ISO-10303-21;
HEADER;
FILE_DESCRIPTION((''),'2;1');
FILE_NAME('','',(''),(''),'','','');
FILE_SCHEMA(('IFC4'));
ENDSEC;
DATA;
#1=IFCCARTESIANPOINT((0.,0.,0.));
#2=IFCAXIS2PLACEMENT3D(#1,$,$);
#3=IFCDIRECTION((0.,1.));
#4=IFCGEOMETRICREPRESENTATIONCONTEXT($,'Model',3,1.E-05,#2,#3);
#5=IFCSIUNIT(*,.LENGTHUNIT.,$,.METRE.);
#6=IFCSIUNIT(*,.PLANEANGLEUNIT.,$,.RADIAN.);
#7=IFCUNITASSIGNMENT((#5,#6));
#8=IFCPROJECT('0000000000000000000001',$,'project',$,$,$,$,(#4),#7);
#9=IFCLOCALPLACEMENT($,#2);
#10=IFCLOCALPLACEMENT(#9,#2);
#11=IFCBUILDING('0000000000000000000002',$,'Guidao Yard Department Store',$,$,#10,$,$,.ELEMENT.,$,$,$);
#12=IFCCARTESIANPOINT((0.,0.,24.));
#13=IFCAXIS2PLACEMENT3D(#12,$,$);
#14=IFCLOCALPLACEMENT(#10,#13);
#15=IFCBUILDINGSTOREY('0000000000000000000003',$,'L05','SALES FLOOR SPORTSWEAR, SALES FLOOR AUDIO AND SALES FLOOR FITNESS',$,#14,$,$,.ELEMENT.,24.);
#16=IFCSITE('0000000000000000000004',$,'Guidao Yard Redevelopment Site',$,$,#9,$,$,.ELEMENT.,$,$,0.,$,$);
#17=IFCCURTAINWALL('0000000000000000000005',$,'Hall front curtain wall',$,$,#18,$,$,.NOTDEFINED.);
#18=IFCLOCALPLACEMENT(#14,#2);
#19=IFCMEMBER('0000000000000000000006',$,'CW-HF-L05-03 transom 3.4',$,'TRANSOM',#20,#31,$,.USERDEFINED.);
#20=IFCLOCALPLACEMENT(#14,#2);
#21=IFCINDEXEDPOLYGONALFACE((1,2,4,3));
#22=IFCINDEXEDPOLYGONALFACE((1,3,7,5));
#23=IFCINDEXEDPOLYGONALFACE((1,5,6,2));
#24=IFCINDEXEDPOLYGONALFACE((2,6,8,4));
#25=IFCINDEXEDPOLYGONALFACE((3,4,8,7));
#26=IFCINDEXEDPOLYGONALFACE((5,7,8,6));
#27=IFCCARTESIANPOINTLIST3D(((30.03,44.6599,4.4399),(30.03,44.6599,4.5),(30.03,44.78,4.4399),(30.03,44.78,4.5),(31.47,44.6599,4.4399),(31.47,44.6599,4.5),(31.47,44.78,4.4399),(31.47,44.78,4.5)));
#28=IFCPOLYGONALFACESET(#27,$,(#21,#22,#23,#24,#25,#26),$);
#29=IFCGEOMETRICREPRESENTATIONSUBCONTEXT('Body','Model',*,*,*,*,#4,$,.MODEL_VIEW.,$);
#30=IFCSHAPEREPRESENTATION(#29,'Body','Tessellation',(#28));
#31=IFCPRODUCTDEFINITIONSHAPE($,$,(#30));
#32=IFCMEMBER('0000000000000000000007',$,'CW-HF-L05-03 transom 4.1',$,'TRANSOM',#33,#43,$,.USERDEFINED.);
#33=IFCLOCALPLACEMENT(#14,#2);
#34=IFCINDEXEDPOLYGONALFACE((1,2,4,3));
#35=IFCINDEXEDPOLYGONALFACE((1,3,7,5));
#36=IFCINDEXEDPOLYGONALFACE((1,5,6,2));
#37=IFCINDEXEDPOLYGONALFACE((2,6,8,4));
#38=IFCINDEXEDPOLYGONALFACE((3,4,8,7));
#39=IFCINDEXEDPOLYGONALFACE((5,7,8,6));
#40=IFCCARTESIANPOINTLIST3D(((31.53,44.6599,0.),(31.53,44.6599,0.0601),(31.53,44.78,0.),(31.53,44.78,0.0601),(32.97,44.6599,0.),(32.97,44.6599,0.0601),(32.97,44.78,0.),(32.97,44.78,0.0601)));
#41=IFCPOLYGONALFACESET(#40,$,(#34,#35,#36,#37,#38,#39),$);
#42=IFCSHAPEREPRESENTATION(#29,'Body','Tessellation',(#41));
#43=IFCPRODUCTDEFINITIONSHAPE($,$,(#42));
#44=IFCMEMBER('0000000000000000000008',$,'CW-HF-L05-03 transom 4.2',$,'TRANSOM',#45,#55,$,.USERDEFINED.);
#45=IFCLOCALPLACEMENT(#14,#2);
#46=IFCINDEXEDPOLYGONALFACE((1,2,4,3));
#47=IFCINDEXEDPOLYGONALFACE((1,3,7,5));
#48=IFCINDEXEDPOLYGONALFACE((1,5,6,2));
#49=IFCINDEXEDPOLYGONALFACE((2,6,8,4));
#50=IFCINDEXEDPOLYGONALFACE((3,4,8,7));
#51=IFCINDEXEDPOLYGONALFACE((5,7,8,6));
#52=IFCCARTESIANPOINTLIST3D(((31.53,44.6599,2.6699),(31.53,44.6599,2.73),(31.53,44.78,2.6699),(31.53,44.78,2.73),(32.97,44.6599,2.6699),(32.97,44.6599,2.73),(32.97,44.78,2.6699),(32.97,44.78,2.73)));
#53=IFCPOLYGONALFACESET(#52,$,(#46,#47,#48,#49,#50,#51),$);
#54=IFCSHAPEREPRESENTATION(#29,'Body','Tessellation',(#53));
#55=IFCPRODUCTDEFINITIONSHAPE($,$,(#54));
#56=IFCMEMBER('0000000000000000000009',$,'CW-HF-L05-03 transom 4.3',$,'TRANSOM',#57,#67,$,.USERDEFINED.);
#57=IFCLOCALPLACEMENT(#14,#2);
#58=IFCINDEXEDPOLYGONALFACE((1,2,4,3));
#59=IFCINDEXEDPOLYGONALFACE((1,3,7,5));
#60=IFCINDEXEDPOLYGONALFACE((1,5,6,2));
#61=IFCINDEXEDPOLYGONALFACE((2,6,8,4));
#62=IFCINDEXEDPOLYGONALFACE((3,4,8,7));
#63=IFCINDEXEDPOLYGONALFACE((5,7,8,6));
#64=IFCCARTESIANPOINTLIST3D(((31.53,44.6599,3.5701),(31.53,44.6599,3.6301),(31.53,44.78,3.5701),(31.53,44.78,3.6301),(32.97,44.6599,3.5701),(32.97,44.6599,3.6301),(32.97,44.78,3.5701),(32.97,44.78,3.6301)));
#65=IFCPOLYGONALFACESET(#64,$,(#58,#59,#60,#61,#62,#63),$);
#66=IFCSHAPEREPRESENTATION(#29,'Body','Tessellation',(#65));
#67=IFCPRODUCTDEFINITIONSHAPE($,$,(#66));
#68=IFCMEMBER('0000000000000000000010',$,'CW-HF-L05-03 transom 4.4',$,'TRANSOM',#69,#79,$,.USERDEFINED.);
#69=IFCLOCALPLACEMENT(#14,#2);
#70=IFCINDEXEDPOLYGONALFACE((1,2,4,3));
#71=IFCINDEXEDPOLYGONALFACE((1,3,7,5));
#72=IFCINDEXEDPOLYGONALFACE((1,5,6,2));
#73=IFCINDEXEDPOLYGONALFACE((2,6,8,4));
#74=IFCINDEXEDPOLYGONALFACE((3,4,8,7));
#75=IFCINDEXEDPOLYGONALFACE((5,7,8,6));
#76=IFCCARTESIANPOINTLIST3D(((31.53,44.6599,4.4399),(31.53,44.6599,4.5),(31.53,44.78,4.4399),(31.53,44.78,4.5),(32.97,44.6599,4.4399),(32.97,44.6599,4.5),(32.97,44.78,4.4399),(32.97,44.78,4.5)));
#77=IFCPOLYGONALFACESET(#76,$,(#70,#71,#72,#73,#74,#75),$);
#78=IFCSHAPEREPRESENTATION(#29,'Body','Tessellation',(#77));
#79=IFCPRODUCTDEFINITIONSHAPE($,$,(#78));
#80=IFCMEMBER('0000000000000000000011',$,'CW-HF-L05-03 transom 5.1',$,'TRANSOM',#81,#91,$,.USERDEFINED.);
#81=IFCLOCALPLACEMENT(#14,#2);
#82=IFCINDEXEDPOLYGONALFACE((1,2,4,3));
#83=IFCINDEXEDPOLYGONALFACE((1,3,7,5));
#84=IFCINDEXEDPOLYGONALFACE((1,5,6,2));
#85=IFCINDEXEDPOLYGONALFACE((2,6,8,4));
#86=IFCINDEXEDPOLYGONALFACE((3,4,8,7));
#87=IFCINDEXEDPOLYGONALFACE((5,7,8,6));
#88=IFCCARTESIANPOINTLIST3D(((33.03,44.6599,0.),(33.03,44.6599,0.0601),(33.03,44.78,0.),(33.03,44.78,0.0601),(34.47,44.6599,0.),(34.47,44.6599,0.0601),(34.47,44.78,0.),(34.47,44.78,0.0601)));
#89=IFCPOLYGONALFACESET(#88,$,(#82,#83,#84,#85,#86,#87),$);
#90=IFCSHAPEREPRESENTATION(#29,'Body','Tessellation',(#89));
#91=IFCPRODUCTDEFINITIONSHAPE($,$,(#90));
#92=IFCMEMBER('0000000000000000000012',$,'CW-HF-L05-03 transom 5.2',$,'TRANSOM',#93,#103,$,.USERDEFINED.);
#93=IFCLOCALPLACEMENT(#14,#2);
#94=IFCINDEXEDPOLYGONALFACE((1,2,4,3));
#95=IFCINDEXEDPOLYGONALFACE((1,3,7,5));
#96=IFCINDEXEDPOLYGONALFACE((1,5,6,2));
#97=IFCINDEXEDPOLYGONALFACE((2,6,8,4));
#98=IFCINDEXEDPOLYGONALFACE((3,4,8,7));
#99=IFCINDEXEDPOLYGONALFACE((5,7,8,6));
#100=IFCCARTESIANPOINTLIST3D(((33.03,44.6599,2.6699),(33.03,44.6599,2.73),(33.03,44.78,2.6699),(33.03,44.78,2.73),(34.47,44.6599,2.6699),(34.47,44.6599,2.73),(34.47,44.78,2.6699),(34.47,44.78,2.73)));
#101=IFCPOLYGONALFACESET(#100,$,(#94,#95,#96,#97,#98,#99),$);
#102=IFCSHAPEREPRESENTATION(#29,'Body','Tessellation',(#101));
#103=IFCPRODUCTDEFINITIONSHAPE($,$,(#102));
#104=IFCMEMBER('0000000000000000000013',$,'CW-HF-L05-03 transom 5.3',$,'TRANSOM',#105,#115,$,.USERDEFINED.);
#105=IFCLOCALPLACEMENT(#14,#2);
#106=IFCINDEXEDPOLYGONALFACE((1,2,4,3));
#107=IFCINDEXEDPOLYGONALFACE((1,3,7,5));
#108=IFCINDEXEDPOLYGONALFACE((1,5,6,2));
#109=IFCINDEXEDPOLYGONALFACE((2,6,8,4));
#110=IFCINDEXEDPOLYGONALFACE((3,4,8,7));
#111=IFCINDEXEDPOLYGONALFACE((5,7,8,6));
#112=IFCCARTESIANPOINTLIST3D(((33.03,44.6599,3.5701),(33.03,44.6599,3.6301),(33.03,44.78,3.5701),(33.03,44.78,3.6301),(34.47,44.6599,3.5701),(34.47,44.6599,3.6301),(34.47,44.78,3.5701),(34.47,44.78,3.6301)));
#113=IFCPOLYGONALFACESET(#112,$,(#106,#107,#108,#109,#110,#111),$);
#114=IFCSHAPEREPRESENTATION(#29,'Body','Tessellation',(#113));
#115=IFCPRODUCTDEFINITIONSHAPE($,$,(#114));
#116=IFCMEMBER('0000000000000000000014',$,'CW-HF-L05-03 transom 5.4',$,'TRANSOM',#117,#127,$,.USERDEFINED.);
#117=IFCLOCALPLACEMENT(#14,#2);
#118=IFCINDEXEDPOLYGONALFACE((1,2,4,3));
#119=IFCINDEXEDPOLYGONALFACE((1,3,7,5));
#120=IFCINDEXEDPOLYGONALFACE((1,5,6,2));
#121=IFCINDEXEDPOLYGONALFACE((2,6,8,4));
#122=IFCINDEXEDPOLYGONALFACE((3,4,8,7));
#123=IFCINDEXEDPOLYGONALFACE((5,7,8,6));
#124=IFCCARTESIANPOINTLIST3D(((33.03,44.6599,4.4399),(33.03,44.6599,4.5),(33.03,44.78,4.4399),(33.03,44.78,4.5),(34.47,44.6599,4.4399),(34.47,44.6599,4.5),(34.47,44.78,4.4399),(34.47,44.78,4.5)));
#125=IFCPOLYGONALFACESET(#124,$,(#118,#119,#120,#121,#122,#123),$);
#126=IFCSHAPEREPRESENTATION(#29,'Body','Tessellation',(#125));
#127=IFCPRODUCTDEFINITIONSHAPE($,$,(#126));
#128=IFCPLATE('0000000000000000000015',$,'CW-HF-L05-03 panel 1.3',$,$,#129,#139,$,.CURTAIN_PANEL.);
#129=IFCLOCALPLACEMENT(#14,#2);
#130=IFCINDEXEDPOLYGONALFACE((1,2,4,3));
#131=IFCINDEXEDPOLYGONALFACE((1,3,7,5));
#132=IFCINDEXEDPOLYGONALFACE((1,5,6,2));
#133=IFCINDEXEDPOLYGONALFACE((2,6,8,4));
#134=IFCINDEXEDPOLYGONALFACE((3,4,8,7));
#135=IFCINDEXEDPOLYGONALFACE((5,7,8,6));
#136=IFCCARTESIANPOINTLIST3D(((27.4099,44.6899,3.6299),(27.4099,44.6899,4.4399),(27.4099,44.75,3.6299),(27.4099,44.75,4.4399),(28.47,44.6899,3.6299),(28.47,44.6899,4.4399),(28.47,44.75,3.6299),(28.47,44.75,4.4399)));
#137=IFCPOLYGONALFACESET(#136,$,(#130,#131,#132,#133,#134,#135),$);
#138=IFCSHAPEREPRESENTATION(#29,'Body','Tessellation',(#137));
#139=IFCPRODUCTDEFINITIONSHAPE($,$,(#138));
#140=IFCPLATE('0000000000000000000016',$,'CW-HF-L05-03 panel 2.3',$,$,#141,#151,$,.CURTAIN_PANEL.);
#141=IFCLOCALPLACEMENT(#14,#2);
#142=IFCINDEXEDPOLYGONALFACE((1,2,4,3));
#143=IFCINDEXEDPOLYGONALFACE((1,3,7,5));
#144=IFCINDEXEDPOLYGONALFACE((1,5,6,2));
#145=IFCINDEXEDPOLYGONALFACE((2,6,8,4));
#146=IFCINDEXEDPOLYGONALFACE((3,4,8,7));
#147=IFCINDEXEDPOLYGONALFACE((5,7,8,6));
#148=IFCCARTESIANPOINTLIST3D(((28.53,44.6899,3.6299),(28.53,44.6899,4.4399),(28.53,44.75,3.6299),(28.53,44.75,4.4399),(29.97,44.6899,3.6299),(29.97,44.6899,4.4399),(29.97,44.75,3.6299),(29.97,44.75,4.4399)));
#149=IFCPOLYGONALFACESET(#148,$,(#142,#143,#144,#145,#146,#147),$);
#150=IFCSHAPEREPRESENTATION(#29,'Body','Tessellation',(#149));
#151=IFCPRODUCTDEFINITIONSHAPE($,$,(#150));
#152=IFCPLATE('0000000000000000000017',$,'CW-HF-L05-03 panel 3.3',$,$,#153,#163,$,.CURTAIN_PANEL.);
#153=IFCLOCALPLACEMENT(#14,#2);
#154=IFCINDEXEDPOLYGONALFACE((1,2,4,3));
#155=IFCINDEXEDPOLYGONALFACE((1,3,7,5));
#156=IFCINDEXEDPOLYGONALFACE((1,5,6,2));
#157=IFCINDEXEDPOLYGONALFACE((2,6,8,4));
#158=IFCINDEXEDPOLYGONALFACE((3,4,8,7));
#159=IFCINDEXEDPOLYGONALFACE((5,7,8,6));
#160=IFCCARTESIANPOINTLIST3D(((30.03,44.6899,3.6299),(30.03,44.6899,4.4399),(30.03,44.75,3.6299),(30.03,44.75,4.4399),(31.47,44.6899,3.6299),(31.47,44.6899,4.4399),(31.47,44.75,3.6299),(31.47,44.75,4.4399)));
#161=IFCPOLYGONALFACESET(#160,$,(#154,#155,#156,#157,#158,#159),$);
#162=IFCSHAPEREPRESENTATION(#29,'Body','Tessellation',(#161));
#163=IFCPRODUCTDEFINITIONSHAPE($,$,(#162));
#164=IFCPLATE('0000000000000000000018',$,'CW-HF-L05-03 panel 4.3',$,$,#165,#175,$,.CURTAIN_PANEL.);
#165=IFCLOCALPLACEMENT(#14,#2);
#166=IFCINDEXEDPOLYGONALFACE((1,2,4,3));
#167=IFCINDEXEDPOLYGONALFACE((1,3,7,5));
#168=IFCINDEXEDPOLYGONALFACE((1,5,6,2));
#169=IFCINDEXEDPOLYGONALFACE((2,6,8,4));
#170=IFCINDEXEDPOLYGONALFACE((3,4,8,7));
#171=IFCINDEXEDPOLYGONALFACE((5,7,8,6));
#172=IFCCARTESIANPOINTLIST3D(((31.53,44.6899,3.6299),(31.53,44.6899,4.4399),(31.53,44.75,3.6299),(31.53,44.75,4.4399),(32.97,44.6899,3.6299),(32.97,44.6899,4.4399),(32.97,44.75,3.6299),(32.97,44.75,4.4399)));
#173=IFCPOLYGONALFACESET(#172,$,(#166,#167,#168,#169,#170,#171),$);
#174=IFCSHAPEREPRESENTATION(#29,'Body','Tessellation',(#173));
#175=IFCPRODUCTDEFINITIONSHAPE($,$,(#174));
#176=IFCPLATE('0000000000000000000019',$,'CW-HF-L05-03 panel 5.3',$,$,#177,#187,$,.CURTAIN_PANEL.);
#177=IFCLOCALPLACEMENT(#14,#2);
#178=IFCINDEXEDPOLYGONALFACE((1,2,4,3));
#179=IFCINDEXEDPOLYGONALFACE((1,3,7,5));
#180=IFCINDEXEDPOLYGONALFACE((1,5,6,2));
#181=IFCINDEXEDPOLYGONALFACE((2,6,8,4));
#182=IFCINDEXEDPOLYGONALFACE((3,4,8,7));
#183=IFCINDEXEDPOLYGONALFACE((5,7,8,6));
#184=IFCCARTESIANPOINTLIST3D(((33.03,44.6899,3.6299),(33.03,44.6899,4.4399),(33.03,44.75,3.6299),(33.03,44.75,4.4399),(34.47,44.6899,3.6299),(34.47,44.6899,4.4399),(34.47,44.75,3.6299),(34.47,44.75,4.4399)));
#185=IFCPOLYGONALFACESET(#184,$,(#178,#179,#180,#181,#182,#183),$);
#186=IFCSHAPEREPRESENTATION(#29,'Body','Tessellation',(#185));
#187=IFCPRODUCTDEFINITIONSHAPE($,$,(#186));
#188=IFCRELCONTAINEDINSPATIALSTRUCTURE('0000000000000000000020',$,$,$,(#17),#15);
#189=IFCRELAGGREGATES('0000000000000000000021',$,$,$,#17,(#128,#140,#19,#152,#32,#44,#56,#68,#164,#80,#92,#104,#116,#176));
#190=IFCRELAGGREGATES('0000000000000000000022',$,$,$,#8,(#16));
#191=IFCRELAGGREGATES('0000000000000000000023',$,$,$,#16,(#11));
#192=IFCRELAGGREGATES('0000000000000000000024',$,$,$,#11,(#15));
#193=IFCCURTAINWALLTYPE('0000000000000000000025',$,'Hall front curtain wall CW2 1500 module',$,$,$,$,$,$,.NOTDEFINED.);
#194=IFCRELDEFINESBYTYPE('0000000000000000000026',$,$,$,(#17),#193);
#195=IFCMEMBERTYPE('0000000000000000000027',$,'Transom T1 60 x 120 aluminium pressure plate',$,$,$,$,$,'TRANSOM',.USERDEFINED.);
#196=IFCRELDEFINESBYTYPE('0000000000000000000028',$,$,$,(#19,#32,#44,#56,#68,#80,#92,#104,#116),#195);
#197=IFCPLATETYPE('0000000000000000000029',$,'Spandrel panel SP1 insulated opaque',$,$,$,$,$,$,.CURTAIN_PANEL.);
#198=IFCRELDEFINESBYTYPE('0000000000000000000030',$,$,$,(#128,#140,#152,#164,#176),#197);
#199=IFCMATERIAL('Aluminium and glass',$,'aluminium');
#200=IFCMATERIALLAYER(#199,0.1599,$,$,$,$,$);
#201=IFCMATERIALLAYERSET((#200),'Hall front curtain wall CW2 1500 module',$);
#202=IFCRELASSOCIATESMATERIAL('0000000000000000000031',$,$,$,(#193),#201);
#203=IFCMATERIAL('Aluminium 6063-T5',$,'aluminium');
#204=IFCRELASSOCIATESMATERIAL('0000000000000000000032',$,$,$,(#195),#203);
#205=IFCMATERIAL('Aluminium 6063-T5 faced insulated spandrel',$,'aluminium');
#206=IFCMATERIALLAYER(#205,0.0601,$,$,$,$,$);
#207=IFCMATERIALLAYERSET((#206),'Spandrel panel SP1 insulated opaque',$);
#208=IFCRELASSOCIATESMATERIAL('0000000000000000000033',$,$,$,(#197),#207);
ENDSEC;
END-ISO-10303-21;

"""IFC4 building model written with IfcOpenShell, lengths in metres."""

from ifc_helpers import new_model, si_unit, direction, frame, origin, origin_2d, place, context, subcontext, project, spatial, rectangle, extrude, material, layer, layer_set, material_profile, profile_set, type_object, element, aggregate, save


model = new_model("IFC4")

# Units and contexts
model_context = context("Model", 3, precision=1e-05, world=origin(), true_north=direction((0.0, 1.0)))
body_context = subcontext(model_context, "Body", "Model", "MODEL_VIEW")
ifc_project = project(units=[si_unit("LENGTHUNIT", "METRE"), si_unit("PLANEANGLEUNIT", "RADIAN")], contexts=[model_context])

# Site, building, storey
site_placement = place(None, origin())
site = spatial("IfcSite", under=ifc_project, at=site_placement, Name="Guidao Yard Redevelopment Site", CompositionType="ELEMENT", RefElevation=0.0)
building_placement = place(site_placement, origin())
building = spatial("IfcBuilding", under=site, at=building_placement, Name="Guidao Yard Department Store", CompositionType="ELEMENT")
storey_placement = place(building_placement, frame((0.0, 0.0, 24.0)))
storey = spatial("IfcBuildingStorey", under=building, at=storey_placement, Name="L05", Description="SALES FLOOR SPORTSWEAR, SALES FLOOR AUDIO AND SALES FLOOR FITNESS", CompositionType="ELEMENT", Elevation=24.0)

# Curtain wall, members, plates
ifc_material_1 = material(Name="Aluminium and glass", Category="aluminium")
ifc_layer_1 = layer(ifc_material_1, 0.1599)
ifc_layer_set_1 = layer_set([ifc_layer_1], Name="Hall front curtain wall CW2 1500 module")
curtain_wall_type = type_object("IfcCurtainWallType", Name="Hall front curtain wall CW2 1500 module", PredefinedType="NOTDEFINED", material=ifc_layer_set_1)
curtain_wall_placement = place(storey_placement, origin())
curtain_wall = element("IfcCurtainWall", 1, at=curtain_wall_placement, inside=storey, type_object=curtain_wall_type, Name="Hall front curtain wall", PredefinedType="NOTDEFINED")
ifc_material_2 = material(Name="Aluminium 6063-T5", Category="aluminium")
ifc_material_profile_1 = material_profile(ifc_material_2, rectangle(XDim=0.1201, YDim=0.0601, at=origin_2d()), Name="Transom T1 60 x 120 aluminium pressure plate")
ifc_profile_set_1 = profile_set([ifc_material_profile_1], Name="Aluminium 6063-T5")
member_type_1 = type_object("IfcMemberType", Name="Transom T1 60 x 120 aluminium pressure plate", ElementType="TRANSOM", PredefinedType="USERDEFINED", material=ifc_profile_set_1)
member_1_placement = place(storey_placement, frame((31.47, 44.72, 4.47), z_axis=(-1.0, 0.0, 0.0), x_axis=(0.0, -1.0, 0.0)))
member_1 = element("IfcMember", 2, at=member_1_placement, type_object=member_type_1, Name="CW-HF-L05-03 transom 3.4", ObjectType="TRANSOM", PredefinedType="USERDEFINED", context=body_context, shape_type="SweptSolid", body=[
    extrude(rectangle(XDim=0.1201, YDim=0.0601, at=origin_2d()), origin(), (0.0, 0.0, 1.0), 1.4399),
])
member_2_placement = place(storey_placement, frame((32.97, 44.72, 0.03), z_axis=(-1.0, 0.0, 0.0), x_axis=(0.0, -1.0, 0.0)))
member_2 = element("IfcMember", 3, at=member_2_placement, type_object=member_type_1, Name="CW-HF-L05-03 transom 4.1", ObjectType="TRANSOM", PredefinedType="USERDEFINED", context=body_context, shape_type="SweptSolid", body=[
    extrude(rectangle(XDim=0.1201, YDim=0.0601, at=origin_2d()), origin(), (0.0, 0.0, 1.0), 1.4399),
])
member_3_placement = place(storey_placement, frame((32.97, 44.72, 2.7), z_axis=(-1.0, 0.0, 0.0), x_axis=(0.0, -1.0, 0.0)))
member_3 = element("IfcMember", 4, at=member_3_placement, type_object=member_type_1, Name="CW-HF-L05-03 transom 4.2", ObjectType="TRANSOM", PredefinedType="USERDEFINED", context=body_context, shape_type="SweptSolid", body=[
    extrude(rectangle(XDim=0.1201, YDim=0.0601, at=origin_2d()), origin(), (0.0, 0.0, 1.0), 1.4399),
])
member_4_placement = place(storey_placement, frame((32.97, 44.72, 3.6001), z_axis=(-1.0, 0.0, 0.0), x_axis=(0.0, -1.0, 0.0)))
member_4 = element("IfcMember", 5, at=member_4_placement, type_object=member_type_1, Name="CW-HF-L05-03 transom 4.3", ObjectType="TRANSOM", PredefinedType="USERDEFINED", context=body_context, shape_type="SweptSolid", body=[
    extrude(rectangle(XDim=0.1201, YDim=0.0601, at=origin_2d()), origin(), (0.0, 0.0, 1.0), 1.4399),
])
member_5_placement = place(storey_placement, frame((32.97, 44.72, 4.47), z_axis=(-1.0, 0.0, 0.0), x_axis=(0.0, -1.0, 0.0)))
member_5 = element("IfcMember", 6, at=member_5_placement, type_object=member_type_1, Name="CW-HF-L05-03 transom 4.4", ObjectType="TRANSOM", PredefinedType="USERDEFINED", context=body_context, shape_type="SweptSolid", body=[
    extrude(rectangle(XDim=0.1201, YDim=0.0601, at=origin_2d()), origin(), (0.0, 0.0, 1.0), 1.4399),
])
member_6_placement = place(storey_placement, frame((34.47, 44.72, 0.03), z_axis=(-1.0, 0.0, 0.0), x_axis=(0.0, -1.0, 0.0)))
member_6 = element("IfcMember", 7, at=member_6_placement, type_object=member_type_1, Name="CW-HF-L05-03 transom 5.1", ObjectType="TRANSOM", PredefinedType="USERDEFINED", context=body_context, shape_type="SweptSolid", body=[
    extrude(rectangle(XDim=0.1201, YDim=0.0601, at=origin_2d()), origin(), (0.0, 0.0, 1.0), 1.4399),
])
member_7_placement = place(storey_placement, frame((34.47, 44.72, 2.7), z_axis=(-1.0, 0.0, 0.0), x_axis=(0.0, -1.0, 0.0)))
member_7 = element("IfcMember", 8, at=member_7_placement, type_object=member_type_1, Name="CW-HF-L05-03 transom 5.2", ObjectType="TRANSOM", PredefinedType="USERDEFINED", context=body_context, shape_type="SweptSolid", body=[
    extrude(rectangle(XDim=0.1201, YDim=0.0601, at=origin_2d()), origin(), (0.0, 0.0, 1.0), 1.4399),
])
member_8_placement = place(storey_placement, frame((34.47, 44.72, 3.6001), z_axis=(-1.0, 0.0, 0.0), x_axis=(0.0, -1.0, 0.0)))
member_8 = element("IfcMember", 9, at=member_8_placement, type_object=member_type_1, Name="CW-HF-L05-03 transom 5.3", ObjectType="TRANSOM", PredefinedType="USERDEFINED", context=body_context, shape_type="SweptSolid", body=[
    extrude(rectangle(XDim=0.1201, YDim=0.0601, at=origin_2d()), origin(), (0.0, 0.0, 1.0), 1.4399),
])
member_9_placement = place(storey_placement, frame((34.47, 44.72, 4.47), z_axis=(-1.0, 0.0, 0.0), x_axis=(0.0, -1.0, 0.0)))
member_9 = element("IfcMember", 10, at=member_9_placement, type_object=member_type_1, Name="CW-HF-L05-03 transom 5.4", ObjectType="TRANSOM", PredefinedType="USERDEFINED", context=body_context, shape_type="SweptSolid", body=[
    extrude(rectangle(XDim=0.1201, YDim=0.0601, at=origin_2d()), origin(), (0.0, 0.0, 1.0), 1.4399),
])
ifc_material_3 = material(Name="Aluminium 6063-T5 faced insulated spandrel", Category="aluminium")
ifc_layer_2 = layer(ifc_material_3, 0.0601)
ifc_layer_set_2 = layer_set([ifc_layer_2], Name="Spandrel panel SP1 insulated opaque")
plate_type_1 = type_object("IfcPlateType", Name="Spandrel panel SP1 insulated opaque", PredefinedType="CURTAIN_PANEL", material=ifc_layer_set_2)
plate_1_placement = place(storey_placement, frame((27.9399, 44.72, 3.6299), z_axis=(0.0, 0.0, 1.0), x_axis=(-1.0, 0.0, 0.0)))
plate_1 = element("IfcPlate", 11, at=plate_1_placement, type_object=plate_type_1, Name="CW-HF-L05-03 panel 1.3", PredefinedType="CURTAIN_PANEL", context=body_context, shape_type="SweptSolid", body=[
    extrude(rectangle(XDim=1.0601, YDim=0.0601, at=origin_2d()), origin(), (0.0, 0.0, 1.0), 0.8101),
])
plate_2_placement = place(storey_placement, frame((29.25, 44.72, 3.6299), z_axis=(0.0, 0.0, 1.0), x_axis=(-1.0, 0.0, 0.0)))
plate_2 = element("IfcPlate", 12, at=plate_2_placement, type_object=plate_type_1, Name="CW-HF-L05-03 panel 2.3", PredefinedType="CURTAIN_PANEL", context=body_context, shape_type="SweptSolid", body=[
    extrude(rectangle(XDim=1.4399, YDim=0.0601, at=origin_2d()), origin(), (0.0, 0.0, 1.0), 0.8101),
])
plate_3_placement = place(storey_placement, frame((30.75, 44.72, 3.6299), z_axis=(0.0, 0.0, 1.0), x_axis=(-1.0, 0.0, 0.0)))
plate_3 = element("IfcPlate", 13, at=plate_3_placement, type_object=plate_type_1, Name="CW-HF-L05-03 panel 3.3", PredefinedType="CURTAIN_PANEL", context=body_context, shape_type="SweptSolid", body=[
    extrude(rectangle(XDim=1.4399, YDim=0.0601, at=origin_2d()), origin(), (0.0, 0.0, 1.0), 0.8101),
])
plate_4_placement = place(storey_placement, frame((32.25, 44.72, 3.6299), z_axis=(0.0, 0.0, 1.0), x_axis=(-1.0, 0.0, 0.0)))
plate_4 = element("IfcPlate", 14, at=plate_4_placement, type_object=plate_type_1, Name="CW-HF-L05-03 panel 4.3", PredefinedType="CURTAIN_PANEL", context=body_context, shape_type="SweptSolid", body=[
    extrude(rectangle(XDim=1.4399, YDim=0.0601, at=origin_2d()), origin(), (0.0, 0.0, 1.0), 0.8101),
])
plate_5_placement = place(storey_placement, frame((33.75, 44.72, 3.6299), z_axis=(0.0, 0.0, 1.0), x_axis=(-1.0, 0.0, 0.0)))
plate_5 = element("IfcPlate", 15, at=plate_5_placement, type_object=plate_type_1, Name="CW-HF-L05-03 panel 5.3", PredefinedType="CURTAIN_PANEL", context=body_context, shape_type="SweptSolid", body=[
    extrude(rectangle(XDim=1.4399, YDim=0.0601, at=origin_2d()), origin(), (0.0, 0.0, 1.0), 0.8101),
])
aggregate(curtain_wall, [plate_1, plate_2, member_1, plate_3, member_2, member_3, member_4, member_5, plate_4, member_6, member_7, member_8, member_9, plate_5])

save(model, "model.ifc")
